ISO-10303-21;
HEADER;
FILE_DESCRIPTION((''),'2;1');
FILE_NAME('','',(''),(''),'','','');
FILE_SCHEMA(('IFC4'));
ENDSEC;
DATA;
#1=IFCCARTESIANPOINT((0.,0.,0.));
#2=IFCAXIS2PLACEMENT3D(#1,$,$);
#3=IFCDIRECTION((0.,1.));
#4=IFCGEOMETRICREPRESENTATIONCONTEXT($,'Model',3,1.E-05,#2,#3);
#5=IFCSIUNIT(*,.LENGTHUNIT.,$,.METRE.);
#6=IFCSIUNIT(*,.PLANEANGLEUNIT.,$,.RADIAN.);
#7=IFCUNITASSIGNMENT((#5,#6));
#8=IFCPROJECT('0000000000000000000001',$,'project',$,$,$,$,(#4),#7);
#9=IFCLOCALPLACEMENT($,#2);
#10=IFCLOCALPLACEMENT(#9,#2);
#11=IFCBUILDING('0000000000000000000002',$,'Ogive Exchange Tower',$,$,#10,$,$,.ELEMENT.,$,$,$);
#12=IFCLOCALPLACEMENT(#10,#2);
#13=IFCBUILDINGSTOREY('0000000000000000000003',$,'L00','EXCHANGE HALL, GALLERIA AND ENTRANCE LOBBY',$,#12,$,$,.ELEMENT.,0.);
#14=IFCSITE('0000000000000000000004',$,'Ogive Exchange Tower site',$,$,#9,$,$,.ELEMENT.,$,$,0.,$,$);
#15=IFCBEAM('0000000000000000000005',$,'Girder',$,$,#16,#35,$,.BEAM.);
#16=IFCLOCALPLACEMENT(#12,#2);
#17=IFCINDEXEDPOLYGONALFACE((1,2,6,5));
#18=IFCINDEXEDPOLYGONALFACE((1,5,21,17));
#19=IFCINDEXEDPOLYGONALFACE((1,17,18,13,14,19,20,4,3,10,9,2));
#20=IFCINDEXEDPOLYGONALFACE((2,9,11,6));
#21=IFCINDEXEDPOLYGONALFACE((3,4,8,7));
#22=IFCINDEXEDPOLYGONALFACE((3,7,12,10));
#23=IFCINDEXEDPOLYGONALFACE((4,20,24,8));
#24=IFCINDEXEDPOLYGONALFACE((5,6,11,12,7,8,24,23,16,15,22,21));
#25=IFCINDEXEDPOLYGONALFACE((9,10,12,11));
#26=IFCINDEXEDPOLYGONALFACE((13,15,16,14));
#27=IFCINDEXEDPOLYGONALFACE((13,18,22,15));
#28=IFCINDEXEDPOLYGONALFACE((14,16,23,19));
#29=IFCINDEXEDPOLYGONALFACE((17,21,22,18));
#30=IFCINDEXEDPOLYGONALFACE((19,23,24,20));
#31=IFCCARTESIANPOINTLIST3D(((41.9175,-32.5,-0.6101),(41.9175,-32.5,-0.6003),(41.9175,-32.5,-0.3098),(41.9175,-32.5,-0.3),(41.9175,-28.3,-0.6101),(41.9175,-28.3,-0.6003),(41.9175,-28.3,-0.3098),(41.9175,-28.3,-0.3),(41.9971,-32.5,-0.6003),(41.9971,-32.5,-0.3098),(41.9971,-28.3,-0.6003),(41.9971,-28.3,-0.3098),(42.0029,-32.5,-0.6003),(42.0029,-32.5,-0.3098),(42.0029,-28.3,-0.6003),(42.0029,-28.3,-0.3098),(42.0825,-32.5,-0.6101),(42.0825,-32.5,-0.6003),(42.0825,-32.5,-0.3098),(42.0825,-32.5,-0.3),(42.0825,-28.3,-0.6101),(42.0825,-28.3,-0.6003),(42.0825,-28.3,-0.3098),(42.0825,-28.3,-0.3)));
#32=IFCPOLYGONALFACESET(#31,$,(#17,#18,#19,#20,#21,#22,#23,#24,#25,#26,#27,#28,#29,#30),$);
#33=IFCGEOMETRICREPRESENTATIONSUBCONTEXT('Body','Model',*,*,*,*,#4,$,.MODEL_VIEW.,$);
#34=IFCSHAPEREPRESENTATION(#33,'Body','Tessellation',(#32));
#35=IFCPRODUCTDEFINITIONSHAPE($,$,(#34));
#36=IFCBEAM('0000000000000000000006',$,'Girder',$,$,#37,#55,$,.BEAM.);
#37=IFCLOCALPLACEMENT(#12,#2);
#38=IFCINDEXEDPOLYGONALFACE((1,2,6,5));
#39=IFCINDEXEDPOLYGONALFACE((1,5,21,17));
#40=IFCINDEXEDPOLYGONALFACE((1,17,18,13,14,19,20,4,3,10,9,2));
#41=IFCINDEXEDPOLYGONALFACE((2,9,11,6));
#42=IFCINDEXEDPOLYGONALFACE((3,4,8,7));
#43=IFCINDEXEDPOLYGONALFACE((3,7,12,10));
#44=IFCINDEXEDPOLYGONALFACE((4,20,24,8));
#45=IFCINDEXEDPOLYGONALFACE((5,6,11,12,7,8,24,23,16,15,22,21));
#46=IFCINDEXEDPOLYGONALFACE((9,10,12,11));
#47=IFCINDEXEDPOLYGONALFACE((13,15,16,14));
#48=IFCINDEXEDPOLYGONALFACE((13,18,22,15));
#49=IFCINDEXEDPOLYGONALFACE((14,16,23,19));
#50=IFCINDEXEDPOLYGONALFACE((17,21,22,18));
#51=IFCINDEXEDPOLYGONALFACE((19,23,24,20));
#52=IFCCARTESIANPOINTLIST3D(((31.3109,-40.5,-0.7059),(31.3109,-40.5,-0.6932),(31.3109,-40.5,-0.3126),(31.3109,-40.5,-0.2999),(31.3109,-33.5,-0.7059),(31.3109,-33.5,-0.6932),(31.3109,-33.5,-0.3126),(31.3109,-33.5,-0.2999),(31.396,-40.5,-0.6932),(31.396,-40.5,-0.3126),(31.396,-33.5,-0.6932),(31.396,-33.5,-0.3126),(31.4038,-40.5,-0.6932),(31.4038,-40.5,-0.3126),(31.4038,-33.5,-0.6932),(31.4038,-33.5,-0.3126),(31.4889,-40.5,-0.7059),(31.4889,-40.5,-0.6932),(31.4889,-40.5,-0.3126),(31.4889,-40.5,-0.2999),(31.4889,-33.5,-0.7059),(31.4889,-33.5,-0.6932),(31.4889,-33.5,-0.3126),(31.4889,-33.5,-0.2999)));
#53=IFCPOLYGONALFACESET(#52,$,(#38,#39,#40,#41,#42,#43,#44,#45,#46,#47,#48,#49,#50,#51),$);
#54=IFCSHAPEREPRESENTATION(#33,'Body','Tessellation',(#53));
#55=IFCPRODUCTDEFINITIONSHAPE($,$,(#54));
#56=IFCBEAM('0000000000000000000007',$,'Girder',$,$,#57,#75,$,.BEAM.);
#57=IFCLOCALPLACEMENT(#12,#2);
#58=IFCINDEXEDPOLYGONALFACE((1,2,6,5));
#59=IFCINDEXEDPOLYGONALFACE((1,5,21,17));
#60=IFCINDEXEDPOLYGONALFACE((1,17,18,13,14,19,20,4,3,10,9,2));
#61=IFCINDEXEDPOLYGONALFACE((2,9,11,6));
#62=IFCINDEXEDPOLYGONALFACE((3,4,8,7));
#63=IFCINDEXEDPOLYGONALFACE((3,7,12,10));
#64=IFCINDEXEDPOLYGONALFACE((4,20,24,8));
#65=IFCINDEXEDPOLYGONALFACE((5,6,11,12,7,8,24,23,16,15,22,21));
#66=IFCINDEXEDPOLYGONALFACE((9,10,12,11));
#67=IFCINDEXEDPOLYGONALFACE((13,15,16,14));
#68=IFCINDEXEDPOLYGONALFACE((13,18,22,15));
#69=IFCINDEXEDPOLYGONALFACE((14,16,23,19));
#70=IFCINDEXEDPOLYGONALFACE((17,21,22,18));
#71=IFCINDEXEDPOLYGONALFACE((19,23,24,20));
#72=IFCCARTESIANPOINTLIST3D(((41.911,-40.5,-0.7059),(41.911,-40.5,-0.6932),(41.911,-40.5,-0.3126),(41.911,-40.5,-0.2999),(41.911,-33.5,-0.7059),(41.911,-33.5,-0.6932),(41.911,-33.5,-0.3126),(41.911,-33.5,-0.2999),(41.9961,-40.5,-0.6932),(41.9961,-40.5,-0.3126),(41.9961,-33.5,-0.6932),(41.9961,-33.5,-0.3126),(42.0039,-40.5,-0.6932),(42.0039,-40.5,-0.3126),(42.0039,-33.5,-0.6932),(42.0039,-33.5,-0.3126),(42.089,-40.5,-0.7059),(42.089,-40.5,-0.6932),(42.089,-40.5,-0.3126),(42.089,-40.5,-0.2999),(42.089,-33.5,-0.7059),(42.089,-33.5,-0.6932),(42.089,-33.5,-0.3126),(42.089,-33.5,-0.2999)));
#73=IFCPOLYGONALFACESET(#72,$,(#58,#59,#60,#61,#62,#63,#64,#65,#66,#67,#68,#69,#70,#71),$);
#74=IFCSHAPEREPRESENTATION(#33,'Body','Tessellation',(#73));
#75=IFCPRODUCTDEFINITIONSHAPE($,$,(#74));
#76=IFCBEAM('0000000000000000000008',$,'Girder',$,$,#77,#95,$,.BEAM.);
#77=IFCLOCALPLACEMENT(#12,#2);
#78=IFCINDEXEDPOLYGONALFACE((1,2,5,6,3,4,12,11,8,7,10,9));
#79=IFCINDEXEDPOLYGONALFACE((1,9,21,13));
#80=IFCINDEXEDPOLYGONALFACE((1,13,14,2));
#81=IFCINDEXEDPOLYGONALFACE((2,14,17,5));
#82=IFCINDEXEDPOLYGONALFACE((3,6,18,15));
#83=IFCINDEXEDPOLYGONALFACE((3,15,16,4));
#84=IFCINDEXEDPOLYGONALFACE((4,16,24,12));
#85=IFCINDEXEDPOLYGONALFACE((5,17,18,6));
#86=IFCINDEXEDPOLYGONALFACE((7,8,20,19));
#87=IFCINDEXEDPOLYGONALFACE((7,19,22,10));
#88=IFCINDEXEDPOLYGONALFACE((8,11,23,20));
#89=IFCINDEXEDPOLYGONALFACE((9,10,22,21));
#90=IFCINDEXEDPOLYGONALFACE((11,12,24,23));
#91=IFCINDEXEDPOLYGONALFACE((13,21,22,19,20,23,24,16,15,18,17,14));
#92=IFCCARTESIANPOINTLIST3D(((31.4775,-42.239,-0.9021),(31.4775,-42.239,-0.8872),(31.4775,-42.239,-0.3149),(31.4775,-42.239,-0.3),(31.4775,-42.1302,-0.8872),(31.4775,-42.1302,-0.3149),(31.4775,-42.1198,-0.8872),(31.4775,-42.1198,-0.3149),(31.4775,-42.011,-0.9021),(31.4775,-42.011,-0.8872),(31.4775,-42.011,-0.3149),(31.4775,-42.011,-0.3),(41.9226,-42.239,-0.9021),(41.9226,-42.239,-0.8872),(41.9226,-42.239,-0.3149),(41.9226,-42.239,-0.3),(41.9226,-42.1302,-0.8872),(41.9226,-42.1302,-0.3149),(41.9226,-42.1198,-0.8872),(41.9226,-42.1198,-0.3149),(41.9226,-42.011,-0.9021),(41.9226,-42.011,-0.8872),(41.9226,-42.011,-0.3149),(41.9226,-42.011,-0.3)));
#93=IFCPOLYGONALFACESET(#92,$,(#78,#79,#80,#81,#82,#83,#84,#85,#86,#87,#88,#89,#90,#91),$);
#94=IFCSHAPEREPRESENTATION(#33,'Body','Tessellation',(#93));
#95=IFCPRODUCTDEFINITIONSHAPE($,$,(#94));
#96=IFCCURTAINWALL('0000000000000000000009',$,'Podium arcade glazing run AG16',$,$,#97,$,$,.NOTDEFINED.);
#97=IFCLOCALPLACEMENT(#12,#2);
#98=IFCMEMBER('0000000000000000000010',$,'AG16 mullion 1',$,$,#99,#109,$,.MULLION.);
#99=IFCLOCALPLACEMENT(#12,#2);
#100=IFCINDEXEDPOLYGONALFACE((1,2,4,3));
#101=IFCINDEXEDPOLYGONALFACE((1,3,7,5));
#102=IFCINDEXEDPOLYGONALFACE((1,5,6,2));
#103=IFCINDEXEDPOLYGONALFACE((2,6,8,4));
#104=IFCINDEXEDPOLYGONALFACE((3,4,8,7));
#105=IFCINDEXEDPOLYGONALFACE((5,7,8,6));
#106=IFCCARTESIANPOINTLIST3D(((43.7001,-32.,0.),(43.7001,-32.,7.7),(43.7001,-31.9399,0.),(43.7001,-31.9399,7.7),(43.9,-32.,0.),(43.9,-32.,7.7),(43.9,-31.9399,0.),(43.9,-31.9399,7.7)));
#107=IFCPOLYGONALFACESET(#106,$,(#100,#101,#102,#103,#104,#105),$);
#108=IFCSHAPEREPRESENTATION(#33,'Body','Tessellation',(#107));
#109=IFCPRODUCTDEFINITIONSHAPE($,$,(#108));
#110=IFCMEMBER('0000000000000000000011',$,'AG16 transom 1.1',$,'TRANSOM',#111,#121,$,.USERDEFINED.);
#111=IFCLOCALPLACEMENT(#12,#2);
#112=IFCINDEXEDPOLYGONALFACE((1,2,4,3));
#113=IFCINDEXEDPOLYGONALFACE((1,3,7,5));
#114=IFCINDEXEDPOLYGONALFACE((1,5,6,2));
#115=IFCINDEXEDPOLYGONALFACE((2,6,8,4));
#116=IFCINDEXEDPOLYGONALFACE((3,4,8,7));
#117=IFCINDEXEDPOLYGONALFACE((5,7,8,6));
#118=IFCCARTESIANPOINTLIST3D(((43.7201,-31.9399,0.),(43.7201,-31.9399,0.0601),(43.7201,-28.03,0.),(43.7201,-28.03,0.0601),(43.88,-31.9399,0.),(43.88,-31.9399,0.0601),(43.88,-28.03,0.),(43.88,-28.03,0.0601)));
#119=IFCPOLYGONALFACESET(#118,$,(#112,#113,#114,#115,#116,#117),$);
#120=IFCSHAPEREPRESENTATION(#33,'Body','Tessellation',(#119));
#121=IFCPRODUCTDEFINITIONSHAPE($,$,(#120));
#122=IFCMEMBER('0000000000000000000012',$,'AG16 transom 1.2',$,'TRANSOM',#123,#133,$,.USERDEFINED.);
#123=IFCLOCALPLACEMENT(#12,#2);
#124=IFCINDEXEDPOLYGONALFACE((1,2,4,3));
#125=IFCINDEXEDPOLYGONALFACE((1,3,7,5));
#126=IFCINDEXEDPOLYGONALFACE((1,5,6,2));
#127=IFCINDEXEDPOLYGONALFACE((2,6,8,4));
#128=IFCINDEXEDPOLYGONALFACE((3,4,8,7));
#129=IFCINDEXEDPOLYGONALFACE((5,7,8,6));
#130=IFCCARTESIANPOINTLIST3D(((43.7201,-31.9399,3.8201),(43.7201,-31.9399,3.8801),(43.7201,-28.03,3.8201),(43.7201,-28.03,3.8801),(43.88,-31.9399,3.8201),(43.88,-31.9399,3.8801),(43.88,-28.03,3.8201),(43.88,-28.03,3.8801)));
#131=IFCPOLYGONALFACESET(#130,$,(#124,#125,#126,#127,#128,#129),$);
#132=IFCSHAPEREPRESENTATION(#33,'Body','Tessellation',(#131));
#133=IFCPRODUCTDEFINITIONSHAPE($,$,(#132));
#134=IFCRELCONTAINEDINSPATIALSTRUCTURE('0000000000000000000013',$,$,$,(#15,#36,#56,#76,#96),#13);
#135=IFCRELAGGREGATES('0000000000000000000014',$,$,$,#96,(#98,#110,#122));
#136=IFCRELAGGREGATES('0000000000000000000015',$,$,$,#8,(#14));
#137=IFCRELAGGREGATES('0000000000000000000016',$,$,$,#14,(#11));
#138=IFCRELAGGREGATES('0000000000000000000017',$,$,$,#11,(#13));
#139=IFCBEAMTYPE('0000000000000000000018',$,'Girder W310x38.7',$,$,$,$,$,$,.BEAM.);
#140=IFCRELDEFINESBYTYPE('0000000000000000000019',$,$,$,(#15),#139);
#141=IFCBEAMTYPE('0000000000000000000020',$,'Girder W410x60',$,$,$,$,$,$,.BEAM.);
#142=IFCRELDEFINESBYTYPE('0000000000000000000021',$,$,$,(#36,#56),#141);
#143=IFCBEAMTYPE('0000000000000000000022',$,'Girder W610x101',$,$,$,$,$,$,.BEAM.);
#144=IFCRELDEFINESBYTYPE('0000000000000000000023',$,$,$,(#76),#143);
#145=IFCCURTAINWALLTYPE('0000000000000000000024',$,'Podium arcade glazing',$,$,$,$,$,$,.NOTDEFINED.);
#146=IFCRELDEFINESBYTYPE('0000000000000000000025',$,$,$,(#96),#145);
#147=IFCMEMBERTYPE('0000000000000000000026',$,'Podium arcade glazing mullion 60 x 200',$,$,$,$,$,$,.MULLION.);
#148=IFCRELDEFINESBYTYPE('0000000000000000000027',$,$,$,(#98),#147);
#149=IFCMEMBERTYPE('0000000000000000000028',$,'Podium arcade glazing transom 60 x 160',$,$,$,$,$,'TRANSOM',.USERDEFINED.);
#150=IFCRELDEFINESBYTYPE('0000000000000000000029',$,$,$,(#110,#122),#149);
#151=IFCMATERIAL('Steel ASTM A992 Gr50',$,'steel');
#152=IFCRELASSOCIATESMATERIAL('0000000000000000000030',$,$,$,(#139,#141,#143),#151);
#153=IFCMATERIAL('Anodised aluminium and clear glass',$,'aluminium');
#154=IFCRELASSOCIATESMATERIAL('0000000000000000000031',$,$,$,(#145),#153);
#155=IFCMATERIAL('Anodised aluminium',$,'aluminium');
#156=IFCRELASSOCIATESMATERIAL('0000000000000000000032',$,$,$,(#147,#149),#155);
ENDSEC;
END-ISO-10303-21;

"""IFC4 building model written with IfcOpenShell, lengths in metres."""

from ifc_helpers import new_model, si_unit, direction, frame, origin, origin_2d, place, context, subcontext, project, spatial, rectangle, i_section, extrude, material, material_profile, profile_set, type_object, element, aggregate, save


model = new_model("IFC4")

# Units and contexts
model_context = context("Model", 3, precision=1e-05, world=origin(), true_north=direction((0.0, 1.0)))
body_context = subcontext(model_context, "Body", "Model", "MODEL_VIEW")
ifc_project = project(units=[si_unit("LENGTHUNIT", "METRE"), si_unit("PLANEANGLEUNIT", "RADIAN")], contexts=[model_context])

# Site, building, storey
site_placement = place(None, origin())
site = spatial("IfcSite", under=ifc_project, at=site_placement, Name="Ogive Exchange Tower site", CompositionType="ELEMENT", RefElevation=0.0)
building_placement = place(site_placement, origin())
building = spatial("IfcBuilding", under=site, at=building_placement, Name="Ogive Exchange Tower", CompositionType="ELEMENT")
storey_placement = place(building_placement, origin())
storey = spatial("IfcBuildingStorey", under=building, at=storey_placement, Name="L00", Description="EXCHANGE HALL, GALLERIA AND ENTRANCE LOBBY", CompositionType="ELEMENT", Elevation=0.0)

# Beams
ifc_material_1 = material(Name="Steel ASTM A992 Gr50", Category="steel")
ifc_material_profile_1 = material_profile(ifc_material_1, i_section(OverallWidth=0.165, OverallDepth=0.3101, WebThickness=0.0059, FlangeThickness=0.0098, at=origin_2d()), Name="W310x38.7")
ifc_profile_set_1 = profile_set([ifc_material_profile_1], Name="Steel ASTM A992 Gr50")
beam_type_1 = type_object("IfcBeamType", Name="Girder W310x38.7", PredefinedType="BEAM", material=ifc_profile_set_1)
beam_1_placement = place(storey_placement, frame((42.0, -32.5, -0.4551), z_axis=(0.0, 1.0, 0.0), x_axis=(-1.0, 0.0, 0.0)))
element("IfcBeam", 1, at=beam_1_placement, inside=storey, type_object=beam_type_1, Name="Girder", PredefinedType="BEAM", context=body_context, shape_type="SweptSolid", body=[
    extrude(i_section(OverallWidth=0.165, OverallDepth=0.3101, WebThickness=0.0059, FlangeThickness=0.0098, at=origin_2d()), origin(), (0.0, 0.0, 1.0), 4.2),
])
ifc_material_profile_2 = material_profile(ifc_material_1, i_section(OverallWidth=0.178, OverallDepth=0.406, WebThickness=0.0078, FlangeThickness=0.0127, at=origin_2d()), Name="W410x60")
ifc_profile_set_2 = profile_set([ifc_material_profile_2], Name="Steel ASTM A992 Gr50")
beam_type_2 = type_object("IfcBeamType", Name="Girder W410x60", PredefinedType="BEAM", material=ifc_profile_set_2)
for number, where, z_axis, x_axis, name in (
    (2, (31.3999, -40.5, -0.5029), (0.0, 1.0, 0.0), (-1.0, 0.0, 0.0), "Girder"),
    (3, (42.0, -40.5, -0.5029), (0.0, 1.0, 0.0), (-1.0, 0.0, 0.0), "Girder"),
):
    element("IfcBeam", number, at=place(storey_placement, frame(where, z_axis=z_axis, x_axis=x_axis)), inside=storey, type_object=beam_type_2, Name=name, PredefinedType="BEAM", context=body_context, shape_type="SweptSolid", body=[
        extrude(i_section(OverallWidth=0.178, OverallDepth=0.406, WebThickness=0.0078, FlangeThickness=0.0127, at=origin_2d()), origin(), (0.0, 0.0, 1.0), 7.0),
    ])
ifc_material_profile_3 = material_profile(ifc_material_1, i_section(OverallWidth=0.228, OverallDepth=0.6021, WebThickness=0.0105, FlangeThickness=0.0149, at=origin_2d()), Name="W610x101")
ifc_profile_set_3 = profile_set([ifc_material_profile_3], Name="Steel ASTM A992 Gr50")
beam_type_3 = type_object("IfcBeamType", Name="Girder W610x101", PredefinedType="BEAM", material=ifc_profile_set_3)
beam_2_placement = place(storey_placement, frame((31.4775, -42.125, -0.6011), z_axis=(1.0, 0.0, 0.0), x_axis=(0.0, 1.0, 0.0)))
element("IfcBeam", 4, at=beam_2_placement, inside=storey, type_object=beam_type_3, Name="Girder", PredefinedType="BEAM", context=body_context, shape_type="SweptSolid", body=[
    extrude(i_section(OverallWidth=0.228, OverallDepth=0.6021, WebThickness=0.0105, FlangeThickness=0.0149, at=origin_2d()), origin(), (0.0, 0.0, 1.0), 10.4451),
])

# Curtain wall, members
ifc_material_2 = material(Name="Anodised aluminium and clear glass", Category="aluminium")
curtain_wall_type = type_object("IfcCurtainWallType", Name="Podium arcade glazing", PredefinedType="NOTDEFINED", material=ifc_material_2)
curtain_wall_placement = place(storey_placement, origin())
curtain_wall = element("IfcCurtainWall", 5, at=curtain_wall_placement, inside=storey, type_object=curtain_wall_type, Name="Podium arcade glazing run AG16", PredefinedType="NOTDEFINED")
ifc_material_3 = material(Name="Anodised aluminium", Category="aluminium")
ifc_material_profile_4 = material_profile(ifc_material_3, rectangle(XDim=0.2, YDim=0.0601, at=origin_2d()), Name="AL 60x200")
ifc_profile_set_4 = profile_set([ifc_material_profile_4], Name="Anodised aluminium")
member_type_1 = type_object("IfcMemberType", Name="Podium arcade glazing mullion 60 x 200", PredefinedType="MULLION", material=ifc_profile_set_4)
member_1_placement = place(storey_placement, frame((43.8, -31.97, 0.0), z_axis=(0.0, 0.0, 1.0), x_axis=(-1.0, 0.0, 0.0)))
member_1 = element("IfcMember", 6, at=member_1_placement, type_object=member_type_1, Name="AG16 mullion 1", PredefinedType="MULLION", context=body_context, shape_type="SweptSolid", body=[
    extrude(rectangle(XDim=0.2, YDim=0.0601, at=origin_2d()), origin(), (0.0, 0.0, 1.0), 7.7),
])
ifc_material_profile_5 = material_profile(ifc_material_3, rectangle(XDim=0.1599, YDim=0.0601, at=origin_2d()), Name="AL 60x160")
ifc_profile_set_5 = profile_set([ifc_material_profile_5], Name="Anodised aluminium")
member_type_2 = type_object("IfcMemberType", Name="Podium arcade glazing transom 60 x 160", ElementType="TRANSOM", PredefinedType="USERDEFINED", material=ifc_profile_set_5)
member_2_placement = place(storey_placement, frame((43.8, -31.9399, 0.03), z_axis=(0.0, 1.0, 0.0), x_axis=(-1.0, 0.0, 0.0)))
member_2 = element("IfcMember", 7, at=member_2_placement, type_object=member_type_2, Name="AG16 transom 1.1", ObjectType="TRANSOM", PredefinedType="USERDEFINED", context=body_context, shape_type="SweptSolid", body=[
    extrude(rectangle(XDim=0.1599, YDim=0.0601, at=origin_2d()), origin(), (0.0, 0.0, 1.0), 3.9099),
])
member_3_placement = place(storey_placement, frame((43.8, -31.9399, 3.8501), z_axis=(0.0, 1.0, 0.0), x_axis=(-1.0, 0.0, 0.0)))
member_3 = element("IfcMember", 8, at=member_3_placement, type_object=member_type_2, Name="AG16 transom 1.2", ObjectType="TRANSOM", PredefinedType="USERDEFINED", context=body_context, shape_type="SweptSolid", body=[
    extrude(rectangle(XDim=0.1599, YDim=0.0601, at=origin_2d()), origin(), (0.0, 0.0, 1.0), 3.9099),
])
aggregate(curtain_wall, [member_1, member_2, member_3])

save(model, "model.ifc")
